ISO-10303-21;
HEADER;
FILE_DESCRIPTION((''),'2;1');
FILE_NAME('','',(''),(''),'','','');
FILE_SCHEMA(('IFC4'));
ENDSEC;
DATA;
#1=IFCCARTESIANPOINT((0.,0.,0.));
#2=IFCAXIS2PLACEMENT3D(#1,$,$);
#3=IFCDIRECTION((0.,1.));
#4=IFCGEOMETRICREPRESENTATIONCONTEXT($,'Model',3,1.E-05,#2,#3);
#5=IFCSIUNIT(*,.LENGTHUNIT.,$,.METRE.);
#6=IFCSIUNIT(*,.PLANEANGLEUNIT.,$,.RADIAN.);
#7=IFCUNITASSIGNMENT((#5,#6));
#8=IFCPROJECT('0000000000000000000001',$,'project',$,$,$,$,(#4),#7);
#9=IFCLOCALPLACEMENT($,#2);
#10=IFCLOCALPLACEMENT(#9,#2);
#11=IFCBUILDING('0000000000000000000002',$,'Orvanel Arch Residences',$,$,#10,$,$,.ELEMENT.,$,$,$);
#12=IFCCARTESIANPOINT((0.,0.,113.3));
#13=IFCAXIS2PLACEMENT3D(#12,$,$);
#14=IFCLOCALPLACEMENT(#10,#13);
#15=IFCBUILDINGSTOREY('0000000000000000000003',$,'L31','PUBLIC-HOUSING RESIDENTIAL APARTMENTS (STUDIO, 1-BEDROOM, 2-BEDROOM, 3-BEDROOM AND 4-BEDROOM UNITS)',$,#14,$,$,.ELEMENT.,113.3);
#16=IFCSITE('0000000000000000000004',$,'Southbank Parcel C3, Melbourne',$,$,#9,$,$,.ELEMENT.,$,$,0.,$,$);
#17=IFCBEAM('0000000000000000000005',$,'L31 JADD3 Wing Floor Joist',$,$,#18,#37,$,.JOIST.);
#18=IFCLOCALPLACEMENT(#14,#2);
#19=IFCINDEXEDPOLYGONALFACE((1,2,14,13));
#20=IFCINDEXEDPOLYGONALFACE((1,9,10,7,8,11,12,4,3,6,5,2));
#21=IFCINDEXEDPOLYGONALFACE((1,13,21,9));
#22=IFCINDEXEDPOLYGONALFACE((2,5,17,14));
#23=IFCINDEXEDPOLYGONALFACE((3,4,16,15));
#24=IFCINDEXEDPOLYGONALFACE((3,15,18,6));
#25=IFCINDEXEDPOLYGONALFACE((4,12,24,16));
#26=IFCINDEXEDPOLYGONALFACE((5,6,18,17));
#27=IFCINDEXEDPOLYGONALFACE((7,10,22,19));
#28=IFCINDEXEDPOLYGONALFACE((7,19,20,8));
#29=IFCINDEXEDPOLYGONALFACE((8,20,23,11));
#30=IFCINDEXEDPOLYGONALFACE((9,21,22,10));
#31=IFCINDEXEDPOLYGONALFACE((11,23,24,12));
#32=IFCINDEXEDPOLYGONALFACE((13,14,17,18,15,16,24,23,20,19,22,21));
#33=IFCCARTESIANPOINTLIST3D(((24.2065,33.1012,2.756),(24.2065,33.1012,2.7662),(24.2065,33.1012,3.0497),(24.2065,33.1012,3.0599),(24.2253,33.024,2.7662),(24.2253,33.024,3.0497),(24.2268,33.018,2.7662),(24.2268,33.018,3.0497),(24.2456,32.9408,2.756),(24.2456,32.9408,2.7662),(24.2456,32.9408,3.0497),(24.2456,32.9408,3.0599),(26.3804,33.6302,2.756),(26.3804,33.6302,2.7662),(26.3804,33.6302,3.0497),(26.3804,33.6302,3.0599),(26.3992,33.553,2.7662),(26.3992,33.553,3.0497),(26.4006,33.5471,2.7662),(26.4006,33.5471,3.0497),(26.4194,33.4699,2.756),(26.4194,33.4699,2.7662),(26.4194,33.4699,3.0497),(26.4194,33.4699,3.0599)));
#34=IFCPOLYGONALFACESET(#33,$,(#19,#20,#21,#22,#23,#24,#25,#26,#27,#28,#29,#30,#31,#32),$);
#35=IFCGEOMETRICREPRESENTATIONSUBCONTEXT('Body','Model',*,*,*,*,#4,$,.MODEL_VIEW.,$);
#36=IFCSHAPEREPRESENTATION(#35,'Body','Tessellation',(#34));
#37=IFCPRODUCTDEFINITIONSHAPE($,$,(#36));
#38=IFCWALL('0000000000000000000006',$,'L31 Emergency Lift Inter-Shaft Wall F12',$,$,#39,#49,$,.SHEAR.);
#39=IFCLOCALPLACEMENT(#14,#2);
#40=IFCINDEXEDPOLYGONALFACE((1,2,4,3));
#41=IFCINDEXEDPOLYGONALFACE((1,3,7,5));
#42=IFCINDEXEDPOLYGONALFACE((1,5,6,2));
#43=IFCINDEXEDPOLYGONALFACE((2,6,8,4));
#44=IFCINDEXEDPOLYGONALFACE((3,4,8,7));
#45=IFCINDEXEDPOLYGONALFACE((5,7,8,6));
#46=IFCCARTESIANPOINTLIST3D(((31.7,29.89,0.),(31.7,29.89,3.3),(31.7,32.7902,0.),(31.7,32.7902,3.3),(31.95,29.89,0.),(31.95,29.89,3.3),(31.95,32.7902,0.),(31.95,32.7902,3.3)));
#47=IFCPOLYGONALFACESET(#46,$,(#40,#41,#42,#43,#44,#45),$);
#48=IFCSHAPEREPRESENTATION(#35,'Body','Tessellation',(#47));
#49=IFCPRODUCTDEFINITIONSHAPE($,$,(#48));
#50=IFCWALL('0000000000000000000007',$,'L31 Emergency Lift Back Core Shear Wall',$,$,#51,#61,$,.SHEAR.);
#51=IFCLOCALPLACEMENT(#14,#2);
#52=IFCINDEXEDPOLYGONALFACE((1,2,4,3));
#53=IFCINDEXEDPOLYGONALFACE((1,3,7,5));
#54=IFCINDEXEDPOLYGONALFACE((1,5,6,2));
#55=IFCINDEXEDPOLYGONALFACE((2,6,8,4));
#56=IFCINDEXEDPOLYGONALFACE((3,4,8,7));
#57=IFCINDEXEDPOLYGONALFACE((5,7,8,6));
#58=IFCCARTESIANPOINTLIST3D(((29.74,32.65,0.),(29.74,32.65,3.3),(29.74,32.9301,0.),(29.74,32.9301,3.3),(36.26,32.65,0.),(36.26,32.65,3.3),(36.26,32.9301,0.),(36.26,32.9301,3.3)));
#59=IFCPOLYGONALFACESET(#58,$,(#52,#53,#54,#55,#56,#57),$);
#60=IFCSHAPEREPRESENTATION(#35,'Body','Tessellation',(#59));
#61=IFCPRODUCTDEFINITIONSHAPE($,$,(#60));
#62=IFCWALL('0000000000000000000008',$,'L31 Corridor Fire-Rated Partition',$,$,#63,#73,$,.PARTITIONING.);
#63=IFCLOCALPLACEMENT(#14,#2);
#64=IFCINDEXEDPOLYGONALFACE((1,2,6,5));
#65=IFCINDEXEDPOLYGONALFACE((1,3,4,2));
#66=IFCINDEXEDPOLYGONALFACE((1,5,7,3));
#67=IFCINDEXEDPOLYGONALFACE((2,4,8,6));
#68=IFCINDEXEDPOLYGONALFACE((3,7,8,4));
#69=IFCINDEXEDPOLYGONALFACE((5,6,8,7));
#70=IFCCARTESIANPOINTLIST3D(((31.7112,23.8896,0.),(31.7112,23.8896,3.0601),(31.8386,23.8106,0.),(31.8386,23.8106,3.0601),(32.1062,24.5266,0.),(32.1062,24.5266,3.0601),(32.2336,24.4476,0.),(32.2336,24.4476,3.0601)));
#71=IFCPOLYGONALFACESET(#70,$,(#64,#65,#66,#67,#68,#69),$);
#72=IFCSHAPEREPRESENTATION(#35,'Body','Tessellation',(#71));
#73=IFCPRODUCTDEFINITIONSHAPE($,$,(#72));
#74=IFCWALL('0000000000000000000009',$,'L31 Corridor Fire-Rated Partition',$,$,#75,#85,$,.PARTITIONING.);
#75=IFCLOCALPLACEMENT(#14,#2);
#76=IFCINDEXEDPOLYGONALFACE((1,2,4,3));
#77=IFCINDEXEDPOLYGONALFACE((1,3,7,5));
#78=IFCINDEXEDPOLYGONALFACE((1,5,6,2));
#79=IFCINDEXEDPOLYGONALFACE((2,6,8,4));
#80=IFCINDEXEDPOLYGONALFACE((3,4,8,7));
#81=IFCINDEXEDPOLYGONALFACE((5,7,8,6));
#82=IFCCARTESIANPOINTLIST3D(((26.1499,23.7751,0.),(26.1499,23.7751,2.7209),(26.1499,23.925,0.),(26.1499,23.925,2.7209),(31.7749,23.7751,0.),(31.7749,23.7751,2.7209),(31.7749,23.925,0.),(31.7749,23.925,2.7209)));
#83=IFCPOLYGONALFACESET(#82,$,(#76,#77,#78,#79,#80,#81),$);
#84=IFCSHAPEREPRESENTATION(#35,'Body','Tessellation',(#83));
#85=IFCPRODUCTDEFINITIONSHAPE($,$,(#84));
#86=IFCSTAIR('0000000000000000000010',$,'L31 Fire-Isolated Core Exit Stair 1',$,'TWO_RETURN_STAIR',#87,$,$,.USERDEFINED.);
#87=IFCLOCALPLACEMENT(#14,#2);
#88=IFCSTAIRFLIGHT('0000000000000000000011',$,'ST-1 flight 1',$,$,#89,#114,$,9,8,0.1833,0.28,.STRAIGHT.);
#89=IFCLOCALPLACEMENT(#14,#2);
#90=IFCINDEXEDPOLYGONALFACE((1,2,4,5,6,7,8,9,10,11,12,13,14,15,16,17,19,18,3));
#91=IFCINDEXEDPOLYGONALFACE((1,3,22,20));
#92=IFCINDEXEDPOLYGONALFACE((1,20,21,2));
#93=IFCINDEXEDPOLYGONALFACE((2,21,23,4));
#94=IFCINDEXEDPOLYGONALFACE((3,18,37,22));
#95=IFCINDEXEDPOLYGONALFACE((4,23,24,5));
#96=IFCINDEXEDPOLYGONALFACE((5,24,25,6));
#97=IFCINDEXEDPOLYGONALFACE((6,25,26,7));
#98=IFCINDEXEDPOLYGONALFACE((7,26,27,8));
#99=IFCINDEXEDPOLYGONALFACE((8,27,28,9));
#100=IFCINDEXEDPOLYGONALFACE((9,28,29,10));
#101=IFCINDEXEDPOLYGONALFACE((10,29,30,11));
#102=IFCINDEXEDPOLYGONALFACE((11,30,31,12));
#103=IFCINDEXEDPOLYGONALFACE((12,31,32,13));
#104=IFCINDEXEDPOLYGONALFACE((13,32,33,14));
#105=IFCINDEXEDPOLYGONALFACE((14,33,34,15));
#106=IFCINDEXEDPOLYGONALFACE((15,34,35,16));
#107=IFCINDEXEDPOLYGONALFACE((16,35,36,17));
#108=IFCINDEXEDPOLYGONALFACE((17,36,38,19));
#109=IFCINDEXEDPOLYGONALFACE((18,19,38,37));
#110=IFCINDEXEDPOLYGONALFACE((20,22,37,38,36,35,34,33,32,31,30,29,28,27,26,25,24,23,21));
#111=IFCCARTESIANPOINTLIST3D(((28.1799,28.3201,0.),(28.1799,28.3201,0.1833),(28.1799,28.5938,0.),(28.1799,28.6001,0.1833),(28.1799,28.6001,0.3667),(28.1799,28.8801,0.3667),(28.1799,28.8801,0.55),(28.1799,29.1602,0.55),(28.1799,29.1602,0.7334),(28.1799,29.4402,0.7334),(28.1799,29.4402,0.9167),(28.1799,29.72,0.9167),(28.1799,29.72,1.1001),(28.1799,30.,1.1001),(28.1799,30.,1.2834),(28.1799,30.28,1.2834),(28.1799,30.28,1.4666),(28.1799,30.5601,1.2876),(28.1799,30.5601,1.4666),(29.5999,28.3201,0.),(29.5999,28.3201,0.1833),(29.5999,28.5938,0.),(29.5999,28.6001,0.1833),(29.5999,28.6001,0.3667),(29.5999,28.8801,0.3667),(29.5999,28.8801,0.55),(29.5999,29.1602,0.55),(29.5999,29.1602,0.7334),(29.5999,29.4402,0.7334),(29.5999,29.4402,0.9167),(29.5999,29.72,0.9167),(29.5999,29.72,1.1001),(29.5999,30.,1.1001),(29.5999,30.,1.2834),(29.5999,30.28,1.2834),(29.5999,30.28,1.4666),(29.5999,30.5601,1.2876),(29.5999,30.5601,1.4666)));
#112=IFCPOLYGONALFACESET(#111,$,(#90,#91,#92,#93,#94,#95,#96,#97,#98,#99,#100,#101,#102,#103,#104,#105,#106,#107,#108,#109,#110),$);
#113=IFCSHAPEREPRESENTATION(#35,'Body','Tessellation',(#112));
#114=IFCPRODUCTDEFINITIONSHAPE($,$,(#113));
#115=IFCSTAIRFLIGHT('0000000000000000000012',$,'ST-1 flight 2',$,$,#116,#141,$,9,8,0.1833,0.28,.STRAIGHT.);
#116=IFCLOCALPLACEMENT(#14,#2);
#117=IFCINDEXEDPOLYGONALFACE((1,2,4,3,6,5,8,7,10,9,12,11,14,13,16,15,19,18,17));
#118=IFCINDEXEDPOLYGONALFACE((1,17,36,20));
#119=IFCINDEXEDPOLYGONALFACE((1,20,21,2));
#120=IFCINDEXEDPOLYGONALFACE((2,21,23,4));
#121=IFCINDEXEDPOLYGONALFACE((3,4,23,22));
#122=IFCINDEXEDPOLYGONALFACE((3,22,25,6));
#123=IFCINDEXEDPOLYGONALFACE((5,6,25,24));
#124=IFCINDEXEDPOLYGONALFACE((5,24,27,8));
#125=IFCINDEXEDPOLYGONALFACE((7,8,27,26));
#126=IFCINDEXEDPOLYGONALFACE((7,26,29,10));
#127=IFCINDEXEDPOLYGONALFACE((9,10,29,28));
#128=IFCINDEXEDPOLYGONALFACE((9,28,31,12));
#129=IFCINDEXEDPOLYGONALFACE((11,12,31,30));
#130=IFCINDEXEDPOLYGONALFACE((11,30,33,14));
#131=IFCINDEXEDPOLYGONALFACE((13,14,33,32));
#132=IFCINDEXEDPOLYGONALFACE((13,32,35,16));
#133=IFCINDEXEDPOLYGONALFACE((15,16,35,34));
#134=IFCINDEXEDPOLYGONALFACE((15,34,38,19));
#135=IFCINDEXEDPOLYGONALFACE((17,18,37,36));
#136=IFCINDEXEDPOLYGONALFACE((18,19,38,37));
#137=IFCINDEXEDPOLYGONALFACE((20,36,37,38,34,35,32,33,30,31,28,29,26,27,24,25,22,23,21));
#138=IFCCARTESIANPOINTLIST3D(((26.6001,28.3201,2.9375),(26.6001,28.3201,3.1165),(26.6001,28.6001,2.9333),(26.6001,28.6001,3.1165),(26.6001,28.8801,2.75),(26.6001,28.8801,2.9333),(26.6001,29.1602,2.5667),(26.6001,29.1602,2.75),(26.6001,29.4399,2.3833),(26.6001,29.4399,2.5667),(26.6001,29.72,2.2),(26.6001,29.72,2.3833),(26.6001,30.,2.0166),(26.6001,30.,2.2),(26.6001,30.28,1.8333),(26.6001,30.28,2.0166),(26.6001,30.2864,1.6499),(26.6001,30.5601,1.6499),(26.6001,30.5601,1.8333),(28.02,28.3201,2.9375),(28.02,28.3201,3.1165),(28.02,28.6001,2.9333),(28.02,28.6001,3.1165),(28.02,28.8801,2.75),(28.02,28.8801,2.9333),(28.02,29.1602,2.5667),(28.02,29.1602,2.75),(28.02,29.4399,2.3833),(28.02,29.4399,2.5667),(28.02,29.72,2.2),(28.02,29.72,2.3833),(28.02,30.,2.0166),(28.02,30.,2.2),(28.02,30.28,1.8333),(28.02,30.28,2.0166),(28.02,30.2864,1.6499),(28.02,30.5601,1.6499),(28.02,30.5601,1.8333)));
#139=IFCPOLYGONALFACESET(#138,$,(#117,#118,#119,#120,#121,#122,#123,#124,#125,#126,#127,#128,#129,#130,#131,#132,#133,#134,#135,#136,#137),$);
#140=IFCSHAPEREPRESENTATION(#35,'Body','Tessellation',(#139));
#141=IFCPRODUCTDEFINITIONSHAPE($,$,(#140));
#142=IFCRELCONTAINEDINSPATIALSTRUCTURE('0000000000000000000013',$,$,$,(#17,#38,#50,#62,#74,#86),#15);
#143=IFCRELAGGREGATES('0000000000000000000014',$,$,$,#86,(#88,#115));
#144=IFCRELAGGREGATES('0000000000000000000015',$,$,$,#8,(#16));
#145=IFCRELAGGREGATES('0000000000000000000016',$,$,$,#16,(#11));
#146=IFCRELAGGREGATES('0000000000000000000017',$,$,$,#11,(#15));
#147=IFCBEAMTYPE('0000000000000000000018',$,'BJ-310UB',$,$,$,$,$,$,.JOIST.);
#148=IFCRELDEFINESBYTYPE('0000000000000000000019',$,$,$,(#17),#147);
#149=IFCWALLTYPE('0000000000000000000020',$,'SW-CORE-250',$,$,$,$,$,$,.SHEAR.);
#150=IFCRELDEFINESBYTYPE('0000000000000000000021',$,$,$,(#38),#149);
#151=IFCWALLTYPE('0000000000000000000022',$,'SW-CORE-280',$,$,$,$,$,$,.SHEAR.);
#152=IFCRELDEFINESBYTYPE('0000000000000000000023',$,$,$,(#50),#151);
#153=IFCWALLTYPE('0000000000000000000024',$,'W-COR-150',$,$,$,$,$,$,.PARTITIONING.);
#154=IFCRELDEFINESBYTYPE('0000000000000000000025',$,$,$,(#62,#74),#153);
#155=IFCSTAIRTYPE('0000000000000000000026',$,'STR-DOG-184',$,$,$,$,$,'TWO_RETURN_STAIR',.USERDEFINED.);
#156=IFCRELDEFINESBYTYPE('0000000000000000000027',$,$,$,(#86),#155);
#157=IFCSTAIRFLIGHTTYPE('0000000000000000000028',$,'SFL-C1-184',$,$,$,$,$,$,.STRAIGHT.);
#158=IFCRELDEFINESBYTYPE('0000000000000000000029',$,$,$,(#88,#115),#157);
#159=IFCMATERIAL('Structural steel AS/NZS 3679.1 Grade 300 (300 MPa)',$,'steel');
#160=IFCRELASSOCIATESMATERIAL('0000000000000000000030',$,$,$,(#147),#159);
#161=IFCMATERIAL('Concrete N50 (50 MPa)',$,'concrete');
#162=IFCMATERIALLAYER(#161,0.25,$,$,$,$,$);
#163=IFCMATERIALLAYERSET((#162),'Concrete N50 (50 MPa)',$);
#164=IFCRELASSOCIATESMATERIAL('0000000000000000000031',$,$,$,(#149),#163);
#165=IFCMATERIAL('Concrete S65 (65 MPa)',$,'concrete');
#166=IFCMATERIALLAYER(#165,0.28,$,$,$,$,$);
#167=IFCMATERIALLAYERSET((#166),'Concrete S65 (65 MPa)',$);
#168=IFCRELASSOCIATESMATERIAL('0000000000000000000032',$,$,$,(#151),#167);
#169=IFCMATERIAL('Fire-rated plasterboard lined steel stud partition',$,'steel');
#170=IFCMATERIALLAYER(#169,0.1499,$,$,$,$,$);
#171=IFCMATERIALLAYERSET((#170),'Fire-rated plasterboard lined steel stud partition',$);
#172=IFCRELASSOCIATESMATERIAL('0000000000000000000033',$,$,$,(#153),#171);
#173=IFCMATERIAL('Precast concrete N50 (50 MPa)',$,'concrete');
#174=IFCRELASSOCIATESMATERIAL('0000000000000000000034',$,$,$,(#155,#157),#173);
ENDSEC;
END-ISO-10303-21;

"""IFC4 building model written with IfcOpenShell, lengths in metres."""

from ifc_helpers import new_model, si_unit, direction, frame, frame_2d, origin, origin_2d, place, context, subcontext, project, spatial, polyline, rectangle, i_section, outline, extrude, material, layer, layer_set, material_profile, profile_set, type_object, element, aggregate, save


model = new_model("IFC4")

# Units and contexts
model_context = context("Model", 3, precision=1e-05, world=origin(), true_north=direction((0.0, 1.0)))
body_context = subcontext(model_context, "Body", "Model", "MODEL_VIEW")
ifc_project = project(units=[si_unit("LENGTHUNIT", "METRE"), si_unit("PLANEANGLEUNIT", "RADIAN")], contexts=[model_context])

# Site, building, storey
site_placement = place(None, origin())
site = spatial("IfcSite", under=ifc_project, at=site_placement, Name="Southbank Parcel C3, Melbourne", CompositionType="ELEMENT", RefElevation=0.0)
building_placement = place(site_placement, origin())
building = spatial("IfcBuilding", under=site, at=building_placement, Name="Orvanel Arch Residences", CompositionType="ELEMENT")
storey_placement = place(building_placement, frame((0.0, 0.0, 113.3)))
storey = spatial("IfcBuildingStorey", under=building, at=storey_placement, Name="L31", Description="PUBLIC-HOUSING RESIDENTIAL APARTMENTS (STUDIO, 1-BEDROOM, 2-BEDROOM, 3-BEDROOM AND 4-BEDROOM UNITS)", CompositionType="ELEMENT", Elevation=113.3)

# Beam
ifc_material_1 = material(Name="Structural steel AS/NZS 3679.1 Grade 300 (300 MPa)", Category="steel")
ifc_material_profile_1 = material_profile(ifc_material_1, i_section(OverallWidth=0.165, OverallDepth=0.304, WebThickness=0.0061, FlangeThickness=0.0103, at=origin_2d()), Name="310UB40.4")
ifc_profile_set_1 = profile_set([ifc_material_profile_1], Name="Structural steel AS/NZS 3679.1 Grade 300 (300 MPa)")
beam_type_1 = type_object("IfcBeamType", Name="BJ-310UB", PredefinedType="JOIST", material=ifc_profile_set_1)
beam_1_placement = place(storey_placement, frame((26.3999, 33.55, 2.908), z_axis=(-0.971638, -0.236471, 0.0), x_axis=(0.236471, -0.971638, 0.0)))
element("IfcBeam", 1, at=beam_1_placement, inside=storey, type_object=beam_type_1, Name="L31 JADD3 Wing Floor Joist", PredefinedType="JOIST", context=body_context, shape_type="SweptSolid", body=[
    extrude(i_section(OverallWidth=0.165, OverallDepth=0.304, WebThickness=0.0061, FlangeThickness=0.0103, at=origin_2d()), origin(), (0.0, 0.0, 1.0), 2.2373),
])

# Wall
ifc_material_2 = material(Name="Concrete N50 (50 MPa)", Category="concrete")
ifc_layer_1 = layer(ifc_material_2, 0.25)
ifc_layer_set_1 = layer_set([ifc_layer_1], Name="Concrete N50 (50 MPa)")
wall_type_1 = type_object("IfcWallType", Name="SW-CORE-250", PredefinedType="SHEAR", material=ifc_layer_set_1)
wall_1_placement = place(storey_placement, frame((31.825, 29.8899, 0.0), z_axis=(0.0, 0.0, 1.0), x_axis=(0.0, 1.0, 0.0)))
element("IfcWall", 2, at=wall_1_placement, inside=storey, type_object=wall_type_1, Name="L31 Emergency Lift Inter-Shaft Wall F12", PredefinedType="SHEAR", context=body_context, shape_type="SweptSolid", body=[
    extrude(rectangle(XDim=2.9001, YDim=0.25, at=frame_2d((1.4502, 0.0))), origin(), (0.0, 0.0, 1.0), 3.3),
])

# Shared definitions
ifc_material_3 = material(Name="Concrete S65 (65 MPa)", Category="concrete")
ifc_layer_2 = layer(ifc_material_3, 0.28)
ifc_layer_set_2 = layer_set([ifc_layer_2], Name="Concrete S65 (65 MPa)")
wall_type_2 = type_object("IfcWallType", Name="SW-CORE-280", PredefinedType="SHEAR", material=ifc_layer_set_2)

# Walls
wall_2_placement = place(storey_placement, frame((29.74, 32.79, 0.0), z_axis=(0.0, 0.0, 1.0), x_axis=(1.0, 0.0, 0.0)))
element("IfcWall", 3, at=wall_2_placement, inside=storey, type_object=wall_type_2, Name="L31 Emergency Lift Back Core Shear Wall", PredefinedType="SHEAR", context=body_context, shape_type="SweptSolid", body=[
    extrude(rectangle(XDim=6.52, YDim=0.28, at=frame_2d((3.26, 0.0))), origin(), (0.0, 0.0, 1.0), 3.3),
])
ifc_material_4 = material(Name="Fire-rated plasterboard lined steel stud partition", Category="steel")
ifc_layer_3 = layer(ifc_material_4, 0.1499)
ifc_layer_set_3 = layer_set([ifc_layer_3], Name="Fire-rated plasterboard lined steel stud partition")
wall_type_3 = type_object("IfcWallType", Name="W-COR-150", PredefinedType="PARTITIONING", material=ifc_layer_set_3)
wall_3_placement = place(storey_placement, frame((32.1699, 24.4871, 0.0), z_axis=(0.0, 0.0, 1.0), x_axis=(-0.527038, -0.849841, 0.0)))
element("IfcWall", 4, at=wall_3_placement, inside=storey, type_object=wall_type_3, Name="L31 Corridor Fire-Rated Partition", PredefinedType="PARTITIONING", context=body_context, shape_type="SweptSolid", body=[
    extrude(rectangle(XDim=0.7495, YDim=0.1499, at=frame_2d((0.3748, 0.0))), origin(), (0.0, 0.0, 1.0), 3.0601),
])
wall_4_placement = place(storey_placement, frame((31.7749, 23.8501, 0.0), z_axis=(0.0, 0.0, 1.0), x_axis=(-1.0, 0.0, 0.0)))
element("IfcWall", 5, at=wall_4_placement, inside=storey, type_object=wall_type_3, Name="L31 Corridor Fire-Rated Partition", PredefinedType="PARTITIONING", context=body_context, shape_type="SweptSolid", body=[
    extrude(rectangle(XDim=5.625, YDim=0.1499, at=frame_2d((2.8125, 0.0))), origin(), (0.0, 0.0, 1.0), 2.7209),
])

# Stair, stair flights
ifc_material_5 = material(Name="Precast concrete N50 (50 MPa)", Category="concrete")
stair_type = type_object("IfcStairType", Name="STR-DOG-184", ElementType="TWO_RETURN_STAIR", PredefinedType="USERDEFINED", material=ifc_material_5)
stair_placement = place(storey_placement, origin())
stair = element("IfcStair", 6, at=stair_placement, inside=storey, type_object=stair_type, Name="L31 Fire-Isolated Core Exit Stair 1", ObjectType="TWO_RETURN_STAIR", PredefinedType="USERDEFINED")
stair_flight_type = type_object("IfcStairFlightType", Name="SFL-C1-184", PredefinedType="STRAIGHT", material=ifc_material_5)
stair_flight_1_placement = place(storey_placement, frame((28.8899, 28.3201, 0.0), z_axis=(0.0, 0.0, 1.0), x_axis=(0.0, 1.0, 0.0)))
stair_flight_1 = element("IfcStairFlight", 7, at=stair_flight_1_placement, type_object=stair_flight_type, Name="ST-1 flight 1", NumberOfRisers=9, NumberOfTreads=8, PredefinedType="STRAIGHT", RiserHeight=0.1833, TreadLength=0.28, context=body_context, shape_type="SweptSolid", body=[
    extrude(outline(polyline([(0.0, 0.0), (0.0, 0.1833), (0.28, 0.1833), (0.28, 0.3667), (0.5601, 0.3667), (0.5601, 0.55), (0.8401, 0.55), (0.8401, 0.7334), (1.1201, 0.7334), (1.1201, 0.9167), (1.3999, 0.9167), (1.3999, 1.1001), (1.6799, 1.1001), (1.6799, 1.2834), (1.96, 1.2834), (1.96, 1.4666), (2.24, 1.4666), (2.24, 1.6499), (2.24, 1.2876), (0.2737, 0.0), (0.0, 0.0)])), frame((0.0, 0.71, 0.0), z_axis=(0.0, -1.0, 0.0), x_axis=(1.0, 0.0, 0.0)), (0.0, 0.0, 1.0), 1.4199),
])
stair_flight_2_placement = place(storey_placement, frame((27.3101, 30.5601, 1.6499), z_axis=(0.0, 0.0, 1.0), x_axis=(0.0, -1.0, 0.0)))
stair_flight_2 = element("IfcStairFlight", 8, at=stair_flight_2_placement, type_object=stair_flight_type, Name="ST-1 flight 2", NumberOfRisers=9, NumberOfTreads=8, PredefinedType="STRAIGHT", RiserHeight=0.1833, TreadLength=0.28, context=body_context, shape_type="SweptSolid", body=[
    extrude(outline(polyline([(0.0, 0.0), (0.0, 0.1833), (0.28, 0.1833), (0.28, 0.3667), (0.5601, 0.3667), (0.5601, 0.55), (0.8401, 0.55), (0.8401, 0.7334), (1.1201, 0.7334), (1.1201, 0.9167), (1.3999, 0.9167), (1.3999, 1.1001), (1.6799, 1.1001), (1.6799, 1.2834), (1.96, 1.2834), (1.96, 1.4666), (2.24, 1.4666), (2.24, 1.6499), (2.24, 1.2876), (0.2737, 0.0), (0.0, 0.0)])), frame((0.0, 0.71, 0.0), z_axis=(0.0, -1.0, 0.0), x_axis=(1.0, 0.0, 0.0)), (0.0, 0.0, 1.0), 1.4199),
])
aggregate(stair, [stair_flight_1, stair_flight_2])

save(model, "model.ifc")
